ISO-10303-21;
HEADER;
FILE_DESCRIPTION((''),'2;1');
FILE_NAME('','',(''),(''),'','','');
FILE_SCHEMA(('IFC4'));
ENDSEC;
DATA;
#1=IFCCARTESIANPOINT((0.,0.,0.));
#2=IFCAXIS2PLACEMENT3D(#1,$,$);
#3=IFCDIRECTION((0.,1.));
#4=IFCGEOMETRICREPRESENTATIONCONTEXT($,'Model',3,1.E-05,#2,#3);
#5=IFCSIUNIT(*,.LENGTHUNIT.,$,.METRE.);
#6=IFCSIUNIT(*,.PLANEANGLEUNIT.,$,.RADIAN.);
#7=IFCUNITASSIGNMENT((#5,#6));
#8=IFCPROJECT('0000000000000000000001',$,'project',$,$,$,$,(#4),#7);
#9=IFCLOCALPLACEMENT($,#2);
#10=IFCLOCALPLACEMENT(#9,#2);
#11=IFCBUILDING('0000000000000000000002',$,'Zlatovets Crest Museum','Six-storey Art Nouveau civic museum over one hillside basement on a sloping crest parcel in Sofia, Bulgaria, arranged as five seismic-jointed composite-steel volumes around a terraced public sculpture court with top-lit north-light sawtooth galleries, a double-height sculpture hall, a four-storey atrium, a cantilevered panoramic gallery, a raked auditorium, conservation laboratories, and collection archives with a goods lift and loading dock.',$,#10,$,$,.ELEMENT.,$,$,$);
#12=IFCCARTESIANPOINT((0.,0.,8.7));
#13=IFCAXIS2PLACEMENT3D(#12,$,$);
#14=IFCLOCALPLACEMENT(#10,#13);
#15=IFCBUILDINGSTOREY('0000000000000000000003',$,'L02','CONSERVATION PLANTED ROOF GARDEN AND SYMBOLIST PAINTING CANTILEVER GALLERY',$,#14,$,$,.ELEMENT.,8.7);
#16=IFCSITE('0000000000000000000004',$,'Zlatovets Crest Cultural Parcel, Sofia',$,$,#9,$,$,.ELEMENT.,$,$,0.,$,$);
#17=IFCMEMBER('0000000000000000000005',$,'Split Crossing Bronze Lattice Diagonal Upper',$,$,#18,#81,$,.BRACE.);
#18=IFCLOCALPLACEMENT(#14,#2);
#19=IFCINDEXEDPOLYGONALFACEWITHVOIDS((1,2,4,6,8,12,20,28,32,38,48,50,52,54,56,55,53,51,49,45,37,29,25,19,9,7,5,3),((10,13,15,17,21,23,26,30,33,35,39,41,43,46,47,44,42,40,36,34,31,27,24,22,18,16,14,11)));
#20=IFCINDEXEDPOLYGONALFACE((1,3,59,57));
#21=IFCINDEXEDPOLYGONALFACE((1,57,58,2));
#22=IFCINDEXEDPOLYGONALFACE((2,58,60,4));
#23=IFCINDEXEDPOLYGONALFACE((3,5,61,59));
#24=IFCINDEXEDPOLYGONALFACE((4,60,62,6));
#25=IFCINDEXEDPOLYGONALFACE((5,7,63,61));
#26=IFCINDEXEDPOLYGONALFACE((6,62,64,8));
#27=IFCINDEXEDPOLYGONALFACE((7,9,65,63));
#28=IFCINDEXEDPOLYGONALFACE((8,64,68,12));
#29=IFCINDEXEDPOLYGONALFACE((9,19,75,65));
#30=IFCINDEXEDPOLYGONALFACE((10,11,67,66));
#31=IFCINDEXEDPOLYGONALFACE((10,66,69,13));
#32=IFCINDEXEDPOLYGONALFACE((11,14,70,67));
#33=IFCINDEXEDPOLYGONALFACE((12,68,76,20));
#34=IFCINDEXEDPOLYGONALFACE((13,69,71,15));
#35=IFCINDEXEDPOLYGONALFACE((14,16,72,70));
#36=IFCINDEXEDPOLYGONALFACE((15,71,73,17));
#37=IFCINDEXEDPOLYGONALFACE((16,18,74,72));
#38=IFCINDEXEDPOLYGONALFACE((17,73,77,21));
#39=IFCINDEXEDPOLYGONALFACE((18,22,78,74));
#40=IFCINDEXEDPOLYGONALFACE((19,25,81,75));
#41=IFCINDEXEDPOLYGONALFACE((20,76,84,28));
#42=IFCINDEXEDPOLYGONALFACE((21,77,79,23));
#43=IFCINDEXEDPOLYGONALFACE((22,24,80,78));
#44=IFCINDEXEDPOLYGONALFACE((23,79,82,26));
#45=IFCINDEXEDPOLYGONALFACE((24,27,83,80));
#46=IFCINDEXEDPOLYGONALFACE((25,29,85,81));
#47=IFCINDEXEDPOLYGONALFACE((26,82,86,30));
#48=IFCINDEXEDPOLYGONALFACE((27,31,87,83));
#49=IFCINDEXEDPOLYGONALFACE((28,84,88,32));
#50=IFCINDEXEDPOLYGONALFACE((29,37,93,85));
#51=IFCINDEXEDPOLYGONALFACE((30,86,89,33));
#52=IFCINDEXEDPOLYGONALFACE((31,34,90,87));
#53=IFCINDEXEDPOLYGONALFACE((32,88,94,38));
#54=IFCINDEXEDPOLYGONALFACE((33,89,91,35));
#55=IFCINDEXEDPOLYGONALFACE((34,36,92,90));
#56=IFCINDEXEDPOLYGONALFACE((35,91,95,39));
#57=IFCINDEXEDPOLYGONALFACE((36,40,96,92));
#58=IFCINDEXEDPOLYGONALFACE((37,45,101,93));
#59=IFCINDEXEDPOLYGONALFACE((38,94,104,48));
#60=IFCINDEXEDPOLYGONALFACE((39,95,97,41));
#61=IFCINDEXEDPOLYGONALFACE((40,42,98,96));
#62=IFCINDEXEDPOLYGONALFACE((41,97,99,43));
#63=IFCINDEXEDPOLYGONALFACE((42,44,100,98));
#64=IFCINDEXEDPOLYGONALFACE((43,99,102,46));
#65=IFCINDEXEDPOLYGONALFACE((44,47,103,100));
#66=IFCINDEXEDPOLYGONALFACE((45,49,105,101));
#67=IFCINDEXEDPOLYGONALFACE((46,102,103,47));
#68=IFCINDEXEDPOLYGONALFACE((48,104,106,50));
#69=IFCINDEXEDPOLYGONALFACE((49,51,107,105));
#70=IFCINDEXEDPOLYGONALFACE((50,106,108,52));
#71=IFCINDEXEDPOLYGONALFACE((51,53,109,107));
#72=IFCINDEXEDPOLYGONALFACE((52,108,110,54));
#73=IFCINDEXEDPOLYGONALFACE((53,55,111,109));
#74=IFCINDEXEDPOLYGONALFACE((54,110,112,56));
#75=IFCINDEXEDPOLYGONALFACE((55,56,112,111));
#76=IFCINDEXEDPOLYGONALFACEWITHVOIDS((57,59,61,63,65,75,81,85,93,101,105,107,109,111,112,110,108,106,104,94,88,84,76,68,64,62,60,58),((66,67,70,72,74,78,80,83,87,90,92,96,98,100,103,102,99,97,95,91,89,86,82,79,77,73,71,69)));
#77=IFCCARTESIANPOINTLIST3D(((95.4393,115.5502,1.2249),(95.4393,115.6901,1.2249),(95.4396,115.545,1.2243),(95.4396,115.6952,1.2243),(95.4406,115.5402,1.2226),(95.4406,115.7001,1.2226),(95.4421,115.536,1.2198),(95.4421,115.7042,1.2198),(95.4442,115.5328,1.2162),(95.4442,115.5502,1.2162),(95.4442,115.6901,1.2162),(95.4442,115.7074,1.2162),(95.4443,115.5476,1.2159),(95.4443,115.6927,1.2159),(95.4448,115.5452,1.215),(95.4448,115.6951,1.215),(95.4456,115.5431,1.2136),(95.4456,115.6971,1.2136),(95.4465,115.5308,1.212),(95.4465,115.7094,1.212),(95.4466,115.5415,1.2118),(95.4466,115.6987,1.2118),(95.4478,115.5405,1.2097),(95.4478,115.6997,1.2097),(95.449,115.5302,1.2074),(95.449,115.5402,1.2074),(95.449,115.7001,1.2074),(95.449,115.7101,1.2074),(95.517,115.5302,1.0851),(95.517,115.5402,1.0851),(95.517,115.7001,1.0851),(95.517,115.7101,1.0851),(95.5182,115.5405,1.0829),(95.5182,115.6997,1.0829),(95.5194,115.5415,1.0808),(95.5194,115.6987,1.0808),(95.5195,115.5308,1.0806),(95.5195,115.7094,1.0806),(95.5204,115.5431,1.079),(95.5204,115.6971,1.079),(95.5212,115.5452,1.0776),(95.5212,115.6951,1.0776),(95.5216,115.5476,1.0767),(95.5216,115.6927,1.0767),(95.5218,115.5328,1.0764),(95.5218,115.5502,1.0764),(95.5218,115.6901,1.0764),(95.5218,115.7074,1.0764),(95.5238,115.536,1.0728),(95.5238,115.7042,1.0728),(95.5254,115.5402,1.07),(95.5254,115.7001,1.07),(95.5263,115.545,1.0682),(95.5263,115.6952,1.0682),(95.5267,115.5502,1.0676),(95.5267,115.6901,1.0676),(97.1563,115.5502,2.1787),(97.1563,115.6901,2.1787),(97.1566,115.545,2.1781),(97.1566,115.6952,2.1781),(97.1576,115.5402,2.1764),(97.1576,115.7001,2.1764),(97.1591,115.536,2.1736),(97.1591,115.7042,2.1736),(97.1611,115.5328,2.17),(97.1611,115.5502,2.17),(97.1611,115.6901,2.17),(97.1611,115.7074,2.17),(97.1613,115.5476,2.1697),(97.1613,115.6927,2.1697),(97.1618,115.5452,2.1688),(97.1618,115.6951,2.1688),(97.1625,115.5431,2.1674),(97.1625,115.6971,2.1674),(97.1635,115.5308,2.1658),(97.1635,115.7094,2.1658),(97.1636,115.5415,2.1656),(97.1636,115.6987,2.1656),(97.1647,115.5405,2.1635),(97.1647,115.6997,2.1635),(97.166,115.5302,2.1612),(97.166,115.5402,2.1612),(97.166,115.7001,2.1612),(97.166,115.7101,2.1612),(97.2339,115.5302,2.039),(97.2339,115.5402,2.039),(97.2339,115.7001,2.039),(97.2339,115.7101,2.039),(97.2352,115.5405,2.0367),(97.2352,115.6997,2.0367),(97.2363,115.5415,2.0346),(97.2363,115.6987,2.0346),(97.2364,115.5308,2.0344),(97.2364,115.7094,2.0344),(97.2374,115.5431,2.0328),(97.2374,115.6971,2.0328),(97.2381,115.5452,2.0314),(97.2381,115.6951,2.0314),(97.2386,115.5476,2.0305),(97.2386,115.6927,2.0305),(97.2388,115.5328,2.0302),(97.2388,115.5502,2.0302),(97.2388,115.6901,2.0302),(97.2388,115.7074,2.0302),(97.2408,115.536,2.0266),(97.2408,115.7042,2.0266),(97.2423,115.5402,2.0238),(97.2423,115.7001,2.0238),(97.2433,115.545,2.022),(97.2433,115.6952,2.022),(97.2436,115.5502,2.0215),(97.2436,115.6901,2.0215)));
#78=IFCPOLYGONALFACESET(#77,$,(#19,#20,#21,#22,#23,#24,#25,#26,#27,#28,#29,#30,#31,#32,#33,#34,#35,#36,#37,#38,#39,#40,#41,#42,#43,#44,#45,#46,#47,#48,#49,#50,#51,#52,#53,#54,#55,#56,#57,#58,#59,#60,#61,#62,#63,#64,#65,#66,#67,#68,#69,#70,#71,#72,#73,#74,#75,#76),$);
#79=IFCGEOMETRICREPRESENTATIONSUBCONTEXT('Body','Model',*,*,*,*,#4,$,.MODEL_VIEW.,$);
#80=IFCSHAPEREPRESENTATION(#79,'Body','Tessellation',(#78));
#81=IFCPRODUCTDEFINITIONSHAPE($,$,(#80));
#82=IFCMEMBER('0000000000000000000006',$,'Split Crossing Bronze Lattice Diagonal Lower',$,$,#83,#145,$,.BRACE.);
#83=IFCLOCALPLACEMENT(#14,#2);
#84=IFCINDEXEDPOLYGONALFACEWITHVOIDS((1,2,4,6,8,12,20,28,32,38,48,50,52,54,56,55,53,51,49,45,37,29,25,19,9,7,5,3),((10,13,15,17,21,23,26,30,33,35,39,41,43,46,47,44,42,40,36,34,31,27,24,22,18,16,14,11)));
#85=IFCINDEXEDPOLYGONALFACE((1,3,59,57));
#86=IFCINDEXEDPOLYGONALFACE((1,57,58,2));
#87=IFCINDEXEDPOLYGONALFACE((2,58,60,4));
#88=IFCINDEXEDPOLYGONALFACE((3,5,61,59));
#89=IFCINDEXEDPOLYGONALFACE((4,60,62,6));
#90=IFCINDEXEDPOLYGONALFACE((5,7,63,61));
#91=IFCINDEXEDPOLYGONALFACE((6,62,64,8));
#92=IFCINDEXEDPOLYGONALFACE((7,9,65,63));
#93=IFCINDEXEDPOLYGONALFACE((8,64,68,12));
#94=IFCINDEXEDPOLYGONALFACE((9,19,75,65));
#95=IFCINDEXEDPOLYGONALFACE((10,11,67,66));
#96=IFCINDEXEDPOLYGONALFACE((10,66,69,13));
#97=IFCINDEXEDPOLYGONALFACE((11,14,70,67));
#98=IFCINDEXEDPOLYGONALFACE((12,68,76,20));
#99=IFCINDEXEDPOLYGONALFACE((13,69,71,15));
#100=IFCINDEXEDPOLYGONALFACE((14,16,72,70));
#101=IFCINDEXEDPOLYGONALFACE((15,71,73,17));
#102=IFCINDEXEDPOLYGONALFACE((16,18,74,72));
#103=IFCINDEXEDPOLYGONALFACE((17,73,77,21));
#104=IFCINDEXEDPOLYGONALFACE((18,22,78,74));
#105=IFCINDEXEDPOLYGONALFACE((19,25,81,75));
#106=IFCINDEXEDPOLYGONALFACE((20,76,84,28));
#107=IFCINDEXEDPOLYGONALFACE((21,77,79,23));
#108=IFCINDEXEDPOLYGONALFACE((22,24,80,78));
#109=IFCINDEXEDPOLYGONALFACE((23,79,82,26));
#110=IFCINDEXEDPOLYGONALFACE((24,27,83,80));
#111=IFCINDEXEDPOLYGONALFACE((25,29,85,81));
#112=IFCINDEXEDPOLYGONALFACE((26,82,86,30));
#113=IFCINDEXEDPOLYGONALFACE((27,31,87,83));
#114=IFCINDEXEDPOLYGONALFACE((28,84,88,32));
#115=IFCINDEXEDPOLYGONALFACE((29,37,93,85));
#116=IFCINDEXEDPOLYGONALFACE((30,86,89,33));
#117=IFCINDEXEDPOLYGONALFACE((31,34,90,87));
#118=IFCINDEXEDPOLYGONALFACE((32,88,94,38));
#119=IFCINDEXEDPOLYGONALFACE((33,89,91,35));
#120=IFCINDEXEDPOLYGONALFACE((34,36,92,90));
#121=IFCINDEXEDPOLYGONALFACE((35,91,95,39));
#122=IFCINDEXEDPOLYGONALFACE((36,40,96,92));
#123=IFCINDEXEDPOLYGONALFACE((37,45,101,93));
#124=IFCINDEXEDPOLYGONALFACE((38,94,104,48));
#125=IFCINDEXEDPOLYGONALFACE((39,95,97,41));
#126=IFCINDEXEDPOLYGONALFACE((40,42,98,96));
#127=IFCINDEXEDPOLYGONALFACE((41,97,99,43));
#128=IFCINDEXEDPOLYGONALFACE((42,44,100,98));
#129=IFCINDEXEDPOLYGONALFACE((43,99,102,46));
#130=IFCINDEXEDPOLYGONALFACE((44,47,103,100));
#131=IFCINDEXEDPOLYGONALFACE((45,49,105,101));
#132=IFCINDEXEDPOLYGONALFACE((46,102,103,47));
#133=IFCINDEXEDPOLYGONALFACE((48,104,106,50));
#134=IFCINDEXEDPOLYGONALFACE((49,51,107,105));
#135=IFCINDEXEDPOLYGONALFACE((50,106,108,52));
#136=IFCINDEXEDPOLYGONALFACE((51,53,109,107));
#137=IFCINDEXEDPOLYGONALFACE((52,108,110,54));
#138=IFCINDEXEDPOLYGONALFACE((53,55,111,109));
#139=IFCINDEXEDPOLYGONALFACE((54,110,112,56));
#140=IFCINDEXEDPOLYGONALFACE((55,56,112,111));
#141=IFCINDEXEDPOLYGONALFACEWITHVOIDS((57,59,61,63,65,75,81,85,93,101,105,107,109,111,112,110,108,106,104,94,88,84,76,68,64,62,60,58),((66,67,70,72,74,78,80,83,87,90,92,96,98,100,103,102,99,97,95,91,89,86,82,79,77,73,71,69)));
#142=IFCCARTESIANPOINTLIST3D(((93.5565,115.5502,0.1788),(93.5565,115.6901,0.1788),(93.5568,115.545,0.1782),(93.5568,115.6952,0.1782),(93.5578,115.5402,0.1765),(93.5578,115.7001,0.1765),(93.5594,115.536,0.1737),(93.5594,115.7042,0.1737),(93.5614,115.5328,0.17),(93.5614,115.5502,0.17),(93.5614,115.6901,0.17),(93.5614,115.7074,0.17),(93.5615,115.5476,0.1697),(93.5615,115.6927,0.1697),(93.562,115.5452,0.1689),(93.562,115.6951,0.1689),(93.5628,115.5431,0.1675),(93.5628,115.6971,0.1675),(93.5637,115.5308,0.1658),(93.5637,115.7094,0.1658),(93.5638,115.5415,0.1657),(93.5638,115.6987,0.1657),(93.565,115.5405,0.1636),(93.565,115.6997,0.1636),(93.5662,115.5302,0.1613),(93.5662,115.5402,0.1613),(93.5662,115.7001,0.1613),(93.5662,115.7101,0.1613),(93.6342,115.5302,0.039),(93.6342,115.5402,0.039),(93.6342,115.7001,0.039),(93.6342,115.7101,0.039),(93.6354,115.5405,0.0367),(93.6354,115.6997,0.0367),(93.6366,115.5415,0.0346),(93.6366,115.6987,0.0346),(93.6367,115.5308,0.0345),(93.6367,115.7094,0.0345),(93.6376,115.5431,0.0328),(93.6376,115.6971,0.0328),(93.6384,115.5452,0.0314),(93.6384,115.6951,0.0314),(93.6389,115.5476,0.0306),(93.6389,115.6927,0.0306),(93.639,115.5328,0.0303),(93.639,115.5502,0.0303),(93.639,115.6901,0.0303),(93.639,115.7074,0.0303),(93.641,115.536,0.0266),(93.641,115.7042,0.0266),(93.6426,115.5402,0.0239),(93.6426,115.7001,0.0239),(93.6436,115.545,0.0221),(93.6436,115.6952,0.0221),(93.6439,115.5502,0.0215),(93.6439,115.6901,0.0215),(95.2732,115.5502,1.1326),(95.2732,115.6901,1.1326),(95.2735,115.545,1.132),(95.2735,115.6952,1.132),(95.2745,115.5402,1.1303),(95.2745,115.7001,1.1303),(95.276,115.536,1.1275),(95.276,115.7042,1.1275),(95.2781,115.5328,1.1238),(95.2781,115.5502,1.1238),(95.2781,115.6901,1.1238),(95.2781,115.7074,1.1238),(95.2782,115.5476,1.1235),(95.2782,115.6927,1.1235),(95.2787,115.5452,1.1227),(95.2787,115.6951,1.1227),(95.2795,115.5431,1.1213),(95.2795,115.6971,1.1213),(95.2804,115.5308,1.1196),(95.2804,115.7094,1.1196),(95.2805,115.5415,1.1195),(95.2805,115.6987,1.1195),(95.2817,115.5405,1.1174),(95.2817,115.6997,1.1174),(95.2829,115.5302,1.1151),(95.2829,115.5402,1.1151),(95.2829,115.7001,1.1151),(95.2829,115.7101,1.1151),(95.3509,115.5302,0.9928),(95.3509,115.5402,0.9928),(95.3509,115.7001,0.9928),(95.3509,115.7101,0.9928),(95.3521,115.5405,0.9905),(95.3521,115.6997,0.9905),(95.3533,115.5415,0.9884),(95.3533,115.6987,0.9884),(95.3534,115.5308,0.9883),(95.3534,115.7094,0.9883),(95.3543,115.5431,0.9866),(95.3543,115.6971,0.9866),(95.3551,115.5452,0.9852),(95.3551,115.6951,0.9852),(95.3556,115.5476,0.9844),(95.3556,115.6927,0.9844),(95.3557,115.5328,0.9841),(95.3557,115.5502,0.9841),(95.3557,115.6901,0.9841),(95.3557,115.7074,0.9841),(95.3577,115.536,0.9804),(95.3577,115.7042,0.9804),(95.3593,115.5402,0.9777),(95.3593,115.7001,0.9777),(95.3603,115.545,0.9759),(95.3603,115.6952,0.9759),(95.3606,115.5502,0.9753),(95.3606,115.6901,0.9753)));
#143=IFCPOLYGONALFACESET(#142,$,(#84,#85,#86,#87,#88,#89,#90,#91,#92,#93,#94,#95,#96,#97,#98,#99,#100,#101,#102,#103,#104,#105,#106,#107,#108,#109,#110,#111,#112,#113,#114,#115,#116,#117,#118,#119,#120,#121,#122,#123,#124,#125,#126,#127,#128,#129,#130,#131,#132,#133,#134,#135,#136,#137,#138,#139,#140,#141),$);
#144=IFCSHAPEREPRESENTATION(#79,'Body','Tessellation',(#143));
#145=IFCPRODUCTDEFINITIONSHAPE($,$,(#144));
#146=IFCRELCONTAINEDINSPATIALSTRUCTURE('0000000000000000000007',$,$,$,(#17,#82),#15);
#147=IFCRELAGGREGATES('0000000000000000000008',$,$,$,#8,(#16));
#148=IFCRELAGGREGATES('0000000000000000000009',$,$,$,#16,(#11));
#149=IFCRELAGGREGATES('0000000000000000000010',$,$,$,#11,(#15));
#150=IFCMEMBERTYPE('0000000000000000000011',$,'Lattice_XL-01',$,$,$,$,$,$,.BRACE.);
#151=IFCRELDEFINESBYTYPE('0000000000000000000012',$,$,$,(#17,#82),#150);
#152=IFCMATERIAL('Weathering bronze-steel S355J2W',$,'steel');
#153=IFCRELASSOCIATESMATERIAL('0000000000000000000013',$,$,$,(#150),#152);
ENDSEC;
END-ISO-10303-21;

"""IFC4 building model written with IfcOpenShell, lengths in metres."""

from ifc_helpers import new_model, si_unit, direction, frame, origin, origin_2d, place, context, subcontext, project, spatial, hollow_rectangle, extrude, material, material_profile, profile_set, type_object, element, save


model = new_model("IFC4")

# Units and contexts
model_context = context("Model", 3, precision=1e-05, world=origin(), true_north=direction((0.0, 1.0)))
body_context = subcontext(model_context, "Body", "Model", "MODEL_VIEW")
ifc_project = project(units=[si_unit("LENGTHUNIT", "METRE"), si_unit("PLANEANGLEUNIT", "RADIAN")], contexts=[model_context])

# Site, building, storey
site_placement = place(None, origin())
site = spatial("IfcSite", under=ifc_project, at=site_placement, Name="Zlatovets Crest Cultural Parcel, Sofia", CompositionType="ELEMENT", RefElevation=0.0)
building_placement = place(site_placement, origin())
building = spatial("IfcBuilding", under=site, at=building_placement, Name="Zlatovets Crest Museum", Description="Six-storey Art Nouveau civic museum over one hillside basement on a sloping crest parcel in Sofia, Bulgaria, arranged as five seismic-jointed composite-steel volumes around a terraced public sculpture court with top-lit north-light sawtooth galleries, a double-height sculpture hall, a four-storey atrium, a cantilevered panoramic gallery, a raked auditorium, conservation laboratories, and collection archives with a goods lift and loading dock.", CompositionType="ELEMENT")
storey_placement = place(building_placement, frame((0.0, 0.0, 8.7)))
storey = spatial("IfcBuildingStorey", under=building, at=storey_placement, Name="L02", Description="CONSERVATION PLANTED ROOF GARDEN AND SYMBOLIST PAINTING CANTILEVER GALLERY", CompositionType="ELEMENT", Elevation=8.7)

# Members
ifc_material_1 = material(Name="Weathering bronze-steel S355J2W", Category="steel")
ifc_material_profile_1 = material_profile(ifc_material_1, hollow_rectangle(XDim=0.1799, YDim=0.1799, WallThickness=0.01, InnerFilletRadius=0.01, OuterFilletRadius=0.02, at=origin_2d()), Name="SHS 180x180x10.0")
ifc_profile_set_1 = profile_set([ifc_material_profile_1], Name="Weathering bronze-steel S355J2W")
member_type_1 = type_object("IfcMemberType", Name="Lattice_XL-01", PredefinedType="BRACE", material=ifc_profile_set_1)
member_1_placement = place(storey_placement, frame((97.2, 115.6201, 2.1001), z_axis=(-0.874169, 0.0, -0.485622), x_axis=(0.0, -1.0, 0.0)))
element("IfcMember", 1, at=member_1_placement, inside=storey, type_object=member_type_1, Name="Split Crossing Bronze Lattice Diagonal Upper", PredefinedType="BRACE", context=body_context, shape_type="SweptSolid", body=[
    extrude(hollow_rectangle(XDim=0.1799, YDim=0.1799, WallThickness=0.01, InnerFilletRadius=0.01, OuterFilletRadius=0.02, at=origin_2d()), origin(), (0.0, 0.0, 1.0), 1.9641),
])
member_2_placement = place(storey_placement, frame((95.3169, 115.6201, 1.054), z_axis=(-0.87414, 0.0, -0.485675), x_axis=(0.0, -1.0, 0.0)))
element("IfcMember", 2, at=member_2_placement, inside=storey, type_object=member_type_1, Name="Split Crossing Bronze Lattice Diagonal Lower", PredefinedType="BRACE", context=body_context, shape_type="SweptSolid", body=[
    extrude(hollow_rectangle(XDim=0.1799, YDim=0.1799, WallThickness=0.01, InnerFilletRadius=0.01, OuterFilletRadius=0.02, at=origin_2d()), origin(), (0.0, 0.0, 1.0), 1.9639),
])

save(model, "model.ifc")
